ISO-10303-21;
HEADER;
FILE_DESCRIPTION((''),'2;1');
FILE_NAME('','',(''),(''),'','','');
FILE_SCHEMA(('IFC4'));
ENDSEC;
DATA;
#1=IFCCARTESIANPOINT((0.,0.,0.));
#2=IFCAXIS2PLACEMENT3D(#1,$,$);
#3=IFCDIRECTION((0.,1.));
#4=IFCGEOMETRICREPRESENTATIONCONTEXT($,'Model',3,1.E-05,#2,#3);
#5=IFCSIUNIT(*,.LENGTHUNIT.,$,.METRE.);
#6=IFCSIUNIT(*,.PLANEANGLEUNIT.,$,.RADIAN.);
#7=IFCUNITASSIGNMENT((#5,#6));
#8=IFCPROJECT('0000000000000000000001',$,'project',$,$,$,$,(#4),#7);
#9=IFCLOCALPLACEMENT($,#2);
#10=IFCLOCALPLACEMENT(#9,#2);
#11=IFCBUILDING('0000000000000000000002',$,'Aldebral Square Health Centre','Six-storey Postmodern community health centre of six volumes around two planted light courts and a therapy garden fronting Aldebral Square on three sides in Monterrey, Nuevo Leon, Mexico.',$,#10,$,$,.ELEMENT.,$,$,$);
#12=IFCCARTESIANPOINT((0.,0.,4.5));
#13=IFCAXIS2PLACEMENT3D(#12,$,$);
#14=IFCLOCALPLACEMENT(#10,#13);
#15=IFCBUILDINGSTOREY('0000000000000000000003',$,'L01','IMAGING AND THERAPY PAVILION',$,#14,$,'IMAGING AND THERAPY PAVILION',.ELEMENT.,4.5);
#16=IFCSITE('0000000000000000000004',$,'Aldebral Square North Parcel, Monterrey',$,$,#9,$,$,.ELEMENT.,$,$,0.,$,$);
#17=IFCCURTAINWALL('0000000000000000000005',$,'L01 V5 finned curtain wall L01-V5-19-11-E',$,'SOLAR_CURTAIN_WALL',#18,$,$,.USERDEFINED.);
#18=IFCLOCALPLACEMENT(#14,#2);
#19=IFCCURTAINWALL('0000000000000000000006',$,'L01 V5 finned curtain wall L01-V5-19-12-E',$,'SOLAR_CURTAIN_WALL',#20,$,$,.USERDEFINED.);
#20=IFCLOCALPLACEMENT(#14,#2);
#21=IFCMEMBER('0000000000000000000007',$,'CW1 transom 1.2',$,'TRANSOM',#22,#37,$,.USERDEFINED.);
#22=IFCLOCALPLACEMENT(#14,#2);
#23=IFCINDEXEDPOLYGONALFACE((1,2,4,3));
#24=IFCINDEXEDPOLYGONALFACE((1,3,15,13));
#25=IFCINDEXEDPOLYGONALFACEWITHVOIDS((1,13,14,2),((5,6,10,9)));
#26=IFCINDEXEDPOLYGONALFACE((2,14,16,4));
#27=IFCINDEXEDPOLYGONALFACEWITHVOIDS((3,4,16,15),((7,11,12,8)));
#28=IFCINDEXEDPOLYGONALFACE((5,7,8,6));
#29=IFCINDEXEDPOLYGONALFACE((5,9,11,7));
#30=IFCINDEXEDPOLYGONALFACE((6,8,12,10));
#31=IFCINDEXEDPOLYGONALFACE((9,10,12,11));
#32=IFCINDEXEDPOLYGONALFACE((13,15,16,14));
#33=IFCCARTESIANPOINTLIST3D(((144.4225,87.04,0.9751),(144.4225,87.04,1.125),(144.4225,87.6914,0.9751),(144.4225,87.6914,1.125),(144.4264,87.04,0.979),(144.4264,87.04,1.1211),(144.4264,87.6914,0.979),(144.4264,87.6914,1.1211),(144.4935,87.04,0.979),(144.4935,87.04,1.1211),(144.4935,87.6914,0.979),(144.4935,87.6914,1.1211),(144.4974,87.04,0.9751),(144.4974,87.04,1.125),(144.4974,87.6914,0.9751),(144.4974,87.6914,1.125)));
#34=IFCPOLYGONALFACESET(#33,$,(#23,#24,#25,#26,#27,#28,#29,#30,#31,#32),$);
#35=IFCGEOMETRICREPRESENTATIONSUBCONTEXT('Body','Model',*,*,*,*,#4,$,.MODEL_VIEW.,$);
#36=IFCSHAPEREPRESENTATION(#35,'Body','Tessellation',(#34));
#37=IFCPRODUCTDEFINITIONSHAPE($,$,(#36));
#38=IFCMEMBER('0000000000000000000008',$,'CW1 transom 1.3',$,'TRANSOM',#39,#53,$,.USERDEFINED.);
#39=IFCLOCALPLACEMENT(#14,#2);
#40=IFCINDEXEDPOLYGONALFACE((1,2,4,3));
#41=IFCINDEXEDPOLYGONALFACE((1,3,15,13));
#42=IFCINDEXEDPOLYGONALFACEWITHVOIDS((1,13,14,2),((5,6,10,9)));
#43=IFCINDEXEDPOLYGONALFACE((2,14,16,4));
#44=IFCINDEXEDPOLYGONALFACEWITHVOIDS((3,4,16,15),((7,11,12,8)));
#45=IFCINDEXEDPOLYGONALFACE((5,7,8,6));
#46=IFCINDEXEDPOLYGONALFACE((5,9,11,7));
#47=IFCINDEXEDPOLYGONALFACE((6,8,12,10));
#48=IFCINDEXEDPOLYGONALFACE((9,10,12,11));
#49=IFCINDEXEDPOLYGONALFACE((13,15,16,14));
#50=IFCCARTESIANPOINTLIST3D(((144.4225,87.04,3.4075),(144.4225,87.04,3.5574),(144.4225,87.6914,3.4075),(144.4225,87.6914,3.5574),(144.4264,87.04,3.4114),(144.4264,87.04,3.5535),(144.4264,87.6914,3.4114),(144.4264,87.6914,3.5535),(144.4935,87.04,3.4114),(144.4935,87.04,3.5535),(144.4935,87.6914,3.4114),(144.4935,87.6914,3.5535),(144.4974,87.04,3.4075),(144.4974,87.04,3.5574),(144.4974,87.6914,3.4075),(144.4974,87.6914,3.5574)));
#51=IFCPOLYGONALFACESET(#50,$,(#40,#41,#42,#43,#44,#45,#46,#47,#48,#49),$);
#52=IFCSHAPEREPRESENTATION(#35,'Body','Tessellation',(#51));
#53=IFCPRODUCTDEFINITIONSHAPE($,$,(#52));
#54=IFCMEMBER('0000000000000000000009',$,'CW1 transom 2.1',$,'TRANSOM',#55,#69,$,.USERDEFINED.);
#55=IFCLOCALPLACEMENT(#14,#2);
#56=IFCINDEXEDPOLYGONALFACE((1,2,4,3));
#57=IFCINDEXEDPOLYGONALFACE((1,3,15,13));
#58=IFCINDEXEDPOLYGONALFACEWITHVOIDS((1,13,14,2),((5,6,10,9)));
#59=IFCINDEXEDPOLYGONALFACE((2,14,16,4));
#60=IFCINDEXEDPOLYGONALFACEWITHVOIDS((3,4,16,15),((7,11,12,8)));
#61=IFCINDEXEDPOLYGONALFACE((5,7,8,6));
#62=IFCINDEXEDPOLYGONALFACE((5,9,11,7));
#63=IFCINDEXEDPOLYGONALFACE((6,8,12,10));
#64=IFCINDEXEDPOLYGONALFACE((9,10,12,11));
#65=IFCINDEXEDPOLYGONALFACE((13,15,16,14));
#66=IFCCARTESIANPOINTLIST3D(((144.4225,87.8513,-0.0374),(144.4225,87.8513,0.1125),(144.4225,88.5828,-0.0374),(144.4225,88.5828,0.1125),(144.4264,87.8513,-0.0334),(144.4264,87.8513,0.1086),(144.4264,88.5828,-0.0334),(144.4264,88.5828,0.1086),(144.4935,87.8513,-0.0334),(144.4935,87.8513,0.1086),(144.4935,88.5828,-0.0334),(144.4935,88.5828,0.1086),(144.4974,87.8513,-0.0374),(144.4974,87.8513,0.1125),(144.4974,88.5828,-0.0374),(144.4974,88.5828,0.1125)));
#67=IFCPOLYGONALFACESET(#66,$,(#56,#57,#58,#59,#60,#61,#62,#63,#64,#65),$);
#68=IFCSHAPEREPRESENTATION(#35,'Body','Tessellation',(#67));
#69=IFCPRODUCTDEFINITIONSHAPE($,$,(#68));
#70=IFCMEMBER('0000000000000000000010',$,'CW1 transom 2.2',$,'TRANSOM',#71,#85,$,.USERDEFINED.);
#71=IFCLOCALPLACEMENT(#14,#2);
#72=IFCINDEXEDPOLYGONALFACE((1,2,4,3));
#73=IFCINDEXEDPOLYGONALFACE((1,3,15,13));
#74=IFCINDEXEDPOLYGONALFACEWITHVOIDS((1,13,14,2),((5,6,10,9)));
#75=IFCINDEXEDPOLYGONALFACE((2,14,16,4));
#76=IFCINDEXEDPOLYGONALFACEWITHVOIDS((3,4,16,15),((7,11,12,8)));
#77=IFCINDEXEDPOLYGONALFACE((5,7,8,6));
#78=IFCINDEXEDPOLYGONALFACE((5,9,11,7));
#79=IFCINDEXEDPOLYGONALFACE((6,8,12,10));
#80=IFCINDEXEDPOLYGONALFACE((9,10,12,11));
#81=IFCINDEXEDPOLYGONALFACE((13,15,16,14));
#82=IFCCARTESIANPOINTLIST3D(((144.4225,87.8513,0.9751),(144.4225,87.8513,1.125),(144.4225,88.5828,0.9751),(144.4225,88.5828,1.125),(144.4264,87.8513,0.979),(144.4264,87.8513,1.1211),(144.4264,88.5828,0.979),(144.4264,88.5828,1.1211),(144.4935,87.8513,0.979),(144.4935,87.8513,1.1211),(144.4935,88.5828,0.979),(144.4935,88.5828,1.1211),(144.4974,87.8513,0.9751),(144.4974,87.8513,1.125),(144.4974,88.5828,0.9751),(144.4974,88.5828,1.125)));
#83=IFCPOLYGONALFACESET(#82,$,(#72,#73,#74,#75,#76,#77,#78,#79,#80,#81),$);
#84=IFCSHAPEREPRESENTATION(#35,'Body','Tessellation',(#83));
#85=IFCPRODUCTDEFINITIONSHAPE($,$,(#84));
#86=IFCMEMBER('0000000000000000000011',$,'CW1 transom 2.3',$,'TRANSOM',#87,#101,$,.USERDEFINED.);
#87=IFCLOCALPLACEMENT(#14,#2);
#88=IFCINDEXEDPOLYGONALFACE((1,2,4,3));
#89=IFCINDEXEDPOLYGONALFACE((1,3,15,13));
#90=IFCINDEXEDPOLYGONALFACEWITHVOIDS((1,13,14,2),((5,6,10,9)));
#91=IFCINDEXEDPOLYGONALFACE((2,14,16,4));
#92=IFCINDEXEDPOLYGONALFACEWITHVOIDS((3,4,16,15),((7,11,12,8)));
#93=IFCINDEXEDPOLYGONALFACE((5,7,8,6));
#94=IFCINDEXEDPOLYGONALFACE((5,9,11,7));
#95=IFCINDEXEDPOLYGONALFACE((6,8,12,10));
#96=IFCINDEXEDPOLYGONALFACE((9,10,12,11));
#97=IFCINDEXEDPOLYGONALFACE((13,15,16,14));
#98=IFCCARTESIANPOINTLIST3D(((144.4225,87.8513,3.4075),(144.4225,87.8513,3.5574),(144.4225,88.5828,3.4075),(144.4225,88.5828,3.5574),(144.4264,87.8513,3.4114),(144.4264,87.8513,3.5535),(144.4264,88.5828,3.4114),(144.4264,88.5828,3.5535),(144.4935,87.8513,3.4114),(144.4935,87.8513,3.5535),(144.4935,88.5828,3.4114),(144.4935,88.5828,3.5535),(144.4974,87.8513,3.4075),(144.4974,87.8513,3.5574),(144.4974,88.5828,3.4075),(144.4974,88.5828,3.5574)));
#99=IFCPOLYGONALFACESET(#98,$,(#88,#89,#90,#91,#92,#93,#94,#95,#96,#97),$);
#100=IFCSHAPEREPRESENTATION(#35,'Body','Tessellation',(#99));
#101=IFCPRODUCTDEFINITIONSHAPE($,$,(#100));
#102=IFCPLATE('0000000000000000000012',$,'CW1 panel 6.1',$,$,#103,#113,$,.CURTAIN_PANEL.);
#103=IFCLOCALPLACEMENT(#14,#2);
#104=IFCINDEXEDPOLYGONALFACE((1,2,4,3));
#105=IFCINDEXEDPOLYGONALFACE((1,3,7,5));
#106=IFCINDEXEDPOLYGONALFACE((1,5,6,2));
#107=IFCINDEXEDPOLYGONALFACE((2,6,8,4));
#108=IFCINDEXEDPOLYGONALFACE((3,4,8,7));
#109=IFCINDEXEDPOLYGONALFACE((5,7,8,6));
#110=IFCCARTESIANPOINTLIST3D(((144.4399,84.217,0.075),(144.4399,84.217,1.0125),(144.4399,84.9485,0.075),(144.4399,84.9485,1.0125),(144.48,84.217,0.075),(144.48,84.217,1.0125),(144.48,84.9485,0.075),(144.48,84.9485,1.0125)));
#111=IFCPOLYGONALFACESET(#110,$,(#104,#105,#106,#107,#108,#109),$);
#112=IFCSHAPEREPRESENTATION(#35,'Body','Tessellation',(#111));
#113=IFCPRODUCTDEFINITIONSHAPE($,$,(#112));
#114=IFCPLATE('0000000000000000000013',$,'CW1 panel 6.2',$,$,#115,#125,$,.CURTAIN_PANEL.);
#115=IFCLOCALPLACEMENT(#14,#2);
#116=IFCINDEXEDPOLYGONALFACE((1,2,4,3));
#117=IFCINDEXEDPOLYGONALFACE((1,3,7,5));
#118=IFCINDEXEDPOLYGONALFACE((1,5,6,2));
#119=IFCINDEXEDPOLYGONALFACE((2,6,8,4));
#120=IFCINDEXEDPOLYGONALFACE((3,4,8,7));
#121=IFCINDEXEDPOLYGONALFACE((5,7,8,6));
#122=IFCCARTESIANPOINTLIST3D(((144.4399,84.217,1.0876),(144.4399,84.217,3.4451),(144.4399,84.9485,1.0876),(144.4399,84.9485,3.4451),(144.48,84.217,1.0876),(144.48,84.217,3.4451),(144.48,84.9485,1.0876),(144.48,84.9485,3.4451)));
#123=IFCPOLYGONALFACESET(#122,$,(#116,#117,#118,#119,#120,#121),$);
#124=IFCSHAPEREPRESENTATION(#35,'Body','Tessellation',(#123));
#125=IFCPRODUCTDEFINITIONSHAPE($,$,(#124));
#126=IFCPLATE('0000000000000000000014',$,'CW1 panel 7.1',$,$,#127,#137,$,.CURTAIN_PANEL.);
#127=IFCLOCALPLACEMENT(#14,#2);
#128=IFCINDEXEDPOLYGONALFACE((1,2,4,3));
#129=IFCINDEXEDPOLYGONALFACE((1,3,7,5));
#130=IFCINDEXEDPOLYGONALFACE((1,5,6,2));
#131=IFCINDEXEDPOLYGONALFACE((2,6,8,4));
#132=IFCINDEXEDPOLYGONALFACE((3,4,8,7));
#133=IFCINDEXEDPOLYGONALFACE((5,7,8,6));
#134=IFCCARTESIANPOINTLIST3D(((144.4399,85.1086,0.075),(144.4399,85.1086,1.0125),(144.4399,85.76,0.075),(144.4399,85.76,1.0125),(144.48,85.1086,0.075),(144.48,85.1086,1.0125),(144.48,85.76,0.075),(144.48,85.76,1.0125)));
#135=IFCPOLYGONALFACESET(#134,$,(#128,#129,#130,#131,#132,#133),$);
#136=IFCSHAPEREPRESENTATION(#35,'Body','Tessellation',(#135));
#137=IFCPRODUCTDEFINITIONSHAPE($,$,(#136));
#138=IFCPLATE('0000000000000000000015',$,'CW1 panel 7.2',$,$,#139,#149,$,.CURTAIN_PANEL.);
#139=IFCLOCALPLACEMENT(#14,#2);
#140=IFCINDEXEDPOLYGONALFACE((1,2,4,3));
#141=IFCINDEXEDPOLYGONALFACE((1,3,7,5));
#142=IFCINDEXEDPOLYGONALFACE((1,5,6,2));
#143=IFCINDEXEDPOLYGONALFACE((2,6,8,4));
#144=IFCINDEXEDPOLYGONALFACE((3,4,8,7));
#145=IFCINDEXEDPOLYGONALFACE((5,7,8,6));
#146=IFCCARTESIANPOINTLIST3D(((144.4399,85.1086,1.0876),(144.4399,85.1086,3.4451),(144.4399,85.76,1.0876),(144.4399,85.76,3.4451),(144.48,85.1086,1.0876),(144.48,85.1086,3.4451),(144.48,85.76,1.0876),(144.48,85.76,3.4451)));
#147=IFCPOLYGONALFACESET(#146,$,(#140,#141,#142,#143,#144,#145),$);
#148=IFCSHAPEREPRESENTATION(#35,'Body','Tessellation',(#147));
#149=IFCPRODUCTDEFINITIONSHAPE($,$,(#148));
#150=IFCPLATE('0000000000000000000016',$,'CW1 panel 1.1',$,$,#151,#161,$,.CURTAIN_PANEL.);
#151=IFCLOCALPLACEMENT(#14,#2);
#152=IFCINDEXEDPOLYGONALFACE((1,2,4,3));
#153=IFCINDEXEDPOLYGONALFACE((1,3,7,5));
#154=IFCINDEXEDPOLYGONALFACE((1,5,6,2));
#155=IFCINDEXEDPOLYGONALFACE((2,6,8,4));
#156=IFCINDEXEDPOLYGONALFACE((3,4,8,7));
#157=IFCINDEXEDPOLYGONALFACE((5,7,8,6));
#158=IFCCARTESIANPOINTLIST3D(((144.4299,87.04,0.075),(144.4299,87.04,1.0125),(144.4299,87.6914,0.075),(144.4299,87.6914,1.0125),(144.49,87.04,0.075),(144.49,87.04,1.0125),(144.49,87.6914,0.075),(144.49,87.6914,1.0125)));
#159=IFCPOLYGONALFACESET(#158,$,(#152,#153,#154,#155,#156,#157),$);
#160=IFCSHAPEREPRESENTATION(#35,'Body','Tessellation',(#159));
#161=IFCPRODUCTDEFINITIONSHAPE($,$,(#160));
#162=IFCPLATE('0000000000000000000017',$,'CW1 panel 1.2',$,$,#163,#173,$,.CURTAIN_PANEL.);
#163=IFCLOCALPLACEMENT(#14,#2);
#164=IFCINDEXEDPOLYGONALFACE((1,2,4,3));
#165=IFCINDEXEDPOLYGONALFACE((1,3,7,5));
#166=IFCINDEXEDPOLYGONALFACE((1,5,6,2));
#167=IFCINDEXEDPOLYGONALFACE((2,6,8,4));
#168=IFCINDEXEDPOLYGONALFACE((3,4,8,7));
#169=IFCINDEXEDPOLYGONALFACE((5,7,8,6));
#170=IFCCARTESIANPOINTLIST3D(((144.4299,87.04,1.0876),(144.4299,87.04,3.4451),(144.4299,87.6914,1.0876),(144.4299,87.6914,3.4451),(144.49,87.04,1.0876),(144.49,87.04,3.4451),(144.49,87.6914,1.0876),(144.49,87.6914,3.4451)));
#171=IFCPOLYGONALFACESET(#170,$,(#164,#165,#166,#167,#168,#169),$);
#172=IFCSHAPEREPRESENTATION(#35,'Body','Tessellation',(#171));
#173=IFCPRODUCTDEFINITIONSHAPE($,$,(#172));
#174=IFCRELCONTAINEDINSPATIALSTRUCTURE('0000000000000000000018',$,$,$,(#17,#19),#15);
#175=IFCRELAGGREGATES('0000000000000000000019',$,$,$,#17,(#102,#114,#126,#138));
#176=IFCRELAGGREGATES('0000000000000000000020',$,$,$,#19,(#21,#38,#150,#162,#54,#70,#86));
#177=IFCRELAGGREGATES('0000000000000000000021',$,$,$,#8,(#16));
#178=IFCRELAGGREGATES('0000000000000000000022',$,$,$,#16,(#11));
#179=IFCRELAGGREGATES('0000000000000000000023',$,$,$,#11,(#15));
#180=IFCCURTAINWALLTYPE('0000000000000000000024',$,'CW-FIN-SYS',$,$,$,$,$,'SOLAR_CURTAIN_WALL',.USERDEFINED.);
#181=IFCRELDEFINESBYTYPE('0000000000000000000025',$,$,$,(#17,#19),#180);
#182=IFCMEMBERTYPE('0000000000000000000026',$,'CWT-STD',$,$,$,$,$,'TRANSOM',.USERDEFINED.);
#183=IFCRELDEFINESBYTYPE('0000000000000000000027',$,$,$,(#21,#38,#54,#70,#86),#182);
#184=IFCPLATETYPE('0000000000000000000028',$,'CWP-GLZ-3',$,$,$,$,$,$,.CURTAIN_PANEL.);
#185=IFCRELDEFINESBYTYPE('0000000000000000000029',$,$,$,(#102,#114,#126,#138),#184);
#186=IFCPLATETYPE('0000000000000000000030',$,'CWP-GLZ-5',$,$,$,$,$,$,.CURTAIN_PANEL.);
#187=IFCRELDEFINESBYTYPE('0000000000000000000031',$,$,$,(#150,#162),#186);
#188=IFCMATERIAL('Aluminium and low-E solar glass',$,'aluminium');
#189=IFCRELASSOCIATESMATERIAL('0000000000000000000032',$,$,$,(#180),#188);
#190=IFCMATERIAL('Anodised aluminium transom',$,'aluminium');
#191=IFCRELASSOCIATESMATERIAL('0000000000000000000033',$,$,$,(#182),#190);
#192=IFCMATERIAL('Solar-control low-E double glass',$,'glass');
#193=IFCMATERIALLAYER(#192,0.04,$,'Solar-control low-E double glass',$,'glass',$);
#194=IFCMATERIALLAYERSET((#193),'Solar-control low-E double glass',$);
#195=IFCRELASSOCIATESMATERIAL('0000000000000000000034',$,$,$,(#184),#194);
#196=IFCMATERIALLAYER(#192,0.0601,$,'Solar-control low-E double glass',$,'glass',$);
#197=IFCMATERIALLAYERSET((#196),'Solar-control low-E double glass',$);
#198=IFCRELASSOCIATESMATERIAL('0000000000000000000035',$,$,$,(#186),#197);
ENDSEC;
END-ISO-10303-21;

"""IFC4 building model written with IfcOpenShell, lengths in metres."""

from ifc_helpers import new_model, si_unit, direction, frame, origin, origin_2d, place, context, subcontext, project, spatial, rectangle, hollow_rectangle, extrude, material, layer, layer_set, material_profile, profile_set, type_object, element, aggregate, save


model = new_model("IFC4")

# Units and contexts
model_context = context("Model", 3, precision=1e-05, world=origin(), true_north=direction((0.0, 1.0)))
body_context = subcontext(model_context, "Body", "Model", "MODEL_VIEW")
ifc_project = project(units=[si_unit("LENGTHUNIT", "METRE"), si_unit("PLANEANGLEUNIT", "RADIAN")], contexts=[model_context])

# Site, building, storey
site_placement = place(None, origin())
site = spatial("IfcSite", under=ifc_project, at=site_placement, Name="Aldebral Square North Parcel, Monterrey", CompositionType="ELEMENT", RefElevation=0.0)
building_placement = place(site_placement, origin())
building = spatial("IfcBuilding", under=site, at=building_placement, Name="Aldebral Square Health Centre", Description="Six-storey Postmodern community health centre of six volumes around two planted light courts and a therapy garden fronting Aldebral Square on three sides in Monterrey, Nuevo Leon, Mexico.", CompositionType="ELEMENT")
storey_placement = place(building_placement, frame((0.0, 0.0, 4.5)))
storey = spatial("IfcBuildingStorey", under=building, at=storey_placement, Name="L01", Description="IMAGING AND THERAPY PAVILION", LongName="IMAGING AND THERAPY PAVILION", CompositionType="ELEMENT", Elevation=4.5)

# Curtain walls
ifc_material_1 = material(Name="Aluminium and low-E solar glass", Category="aluminium")
curtain_wall_type = type_object("IfcCurtainWallType", Name="CW-FIN-SYS", ElementType="SOLAR_CURTAIN_WALL", PredefinedType="USERDEFINED", material=ifc_material_1)
curtain_wall_1_placement = place(storey_placement, origin())
curtain_wall_1 = element("IfcCurtainWall", 1, at=curtain_wall_1_placement, inside=storey, type_object=curtain_wall_type, Name="L01 V5 finned curtain wall L01-V5-19-11-E", ObjectType="SOLAR_CURTAIN_WALL", PredefinedType="USERDEFINED")
curtain_wall_2_placement = place(storey_placement, origin())
curtain_wall_2 = element("IfcCurtainWall", 2, at=curtain_wall_2_placement, inside=storey, type_object=curtain_wall_type, Name="L01 V5 finned curtain wall L01-V5-19-12-E", ObjectType="SOLAR_CURTAIN_WALL", PredefinedType="USERDEFINED")

# Members
ifc_material_2 = material(Name="Anodised aluminium transom", Category="aluminium")
ifc_material_profile_1 = material_profile(ifc_material_2, hollow_rectangle(XDim=0.075, YDim=0.1499, WallThickness=0.0039, at=origin_2d()), Name="CWT 75x150x4")
ifc_profile_set_1 = profile_set([ifc_material_profile_1], Name="Anodised aluminium transom")
member_type_1 = type_object("IfcMemberType", Name="CWT-STD", ElementType="TRANSOM", PredefinedType="USERDEFINED", material=ifc_profile_set_1)
member_1_placement = place(storey_placement, frame((144.46, 87.04, 1.05), z_axis=(0.0, 1.0, 0.0), x_axis=(-1.0, 0.0, 0.0)))
member_1 = element("IfcMember", 3, at=member_1_placement, type_object=member_type_1, Name="CW1 transom 1.2", ObjectType="TRANSOM", PredefinedType="USERDEFINED", context=body_context, shape_type="SweptSolid", body=[
    extrude(hollow_rectangle(XDim=0.075, YDim=0.1499, WallThickness=0.0039, at=origin_2d()), origin(), (0.0, 0.0, 1.0), 0.6514),
])
member_2_placement = place(storey_placement, frame((144.46, 87.04, 3.4824), z_axis=(0.0, 1.0, 0.0), x_axis=(-1.0, 0.0, 0.0)))
member_2 = element("IfcMember", 4, at=member_2_placement, type_object=member_type_1, Name="CW1 transom 1.3", ObjectType="TRANSOM", PredefinedType="USERDEFINED", context=body_context, shape_type="SweptSolid", body=[
    extrude(hollow_rectangle(XDim=0.075, YDim=0.1499, WallThickness=0.0039, at=origin_2d()), origin(), (0.0, 0.0, 1.0), 0.6514),
])
member_3_placement = place(storey_placement, frame((144.46, 87.8513, 0.0376), z_axis=(0.0, 1.0, 0.0), x_axis=(-1.0, 0.0, 0.0)))
member_3 = element("IfcMember", 5, at=member_3_placement, type_object=member_type_1, Name="CW1 transom 2.1", ObjectType="TRANSOM", PredefinedType="USERDEFINED", context=body_context, shape_type="SweptSolid", body=[
    extrude(hollow_rectangle(XDim=0.075, YDim=0.1499, WallThickness=0.0039, at=origin_2d()), origin(), (0.0, 0.0, 1.0), 0.7314),
])
member_4_placement = place(storey_placement, frame((144.46, 87.8513, 1.05), z_axis=(0.0, 1.0, 0.0), x_axis=(-1.0, 0.0, 0.0)))
member_4 = element("IfcMember", 6, at=member_4_placement, type_object=member_type_1, Name="CW1 transom 2.2", ObjectType="TRANSOM", PredefinedType="USERDEFINED", context=body_context, shape_type="SweptSolid", body=[
    extrude(hollow_rectangle(XDim=0.075, YDim=0.1499, WallThickness=0.0039, at=origin_2d()), origin(), (0.0, 0.0, 1.0), 0.7314),
])
member_5_placement = place(storey_placement, frame((144.46, 87.8513, 3.4824), z_axis=(0.0, 1.0, 0.0), x_axis=(-1.0, 0.0, 0.0)))
member_5 = element("IfcMember", 7, at=member_5_placement, type_object=member_type_1, Name="CW1 transom 2.3", ObjectType="TRANSOM", PredefinedType="USERDEFINED", context=body_context, shape_type="SweptSolid", body=[
    extrude(hollow_rectangle(XDim=0.075, YDim=0.1499, WallThickness=0.0039, at=origin_2d()), origin(), (0.0, 0.0, 1.0), 0.7314),
])

# Plates
ifc_material_3 = material(Name="Solar-control low-E double glass", Category="glass")
ifc_layer_1 = layer(ifc_material_3, 0.04, Name="Solar-control low-E double glass", Category="glass")
ifc_layer_set_1 = layer_set([ifc_layer_1], Name="Solar-control low-E double glass")
plate_type_1 = type_object("IfcPlateType", Name="CWP-GLZ-3", PredefinedType="CURTAIN_PANEL", material=ifc_layer_set_1)
plate_1_placement = place(storey_placement, frame((144.46, 84.5828, 0.075), z_axis=(0.0, 0.0, 1.0), x_axis=(0.0, 1.0, 0.0)))
plate_1 = element("IfcPlate", 8, at=plate_1_placement, type_object=plate_type_1, Name="CW1 panel 6.1", PredefinedType="CURTAIN_PANEL", context=body_context, shape_type="SweptSolid", body=[
    extrude(rectangle(XDim=0.7314, YDim=0.04, at=origin_2d()), origin(), (0.0, 0.0, 1.0), 0.9375),
])
plate_2_placement = place(storey_placement, frame((144.46, 84.5828, 1.0876), z_axis=(0.0, 0.0, 1.0), x_axis=(0.0, 1.0, 0.0)))
plate_2 = element("IfcPlate", 9, at=plate_2_placement, type_object=plate_type_1, Name="CW1 panel 6.2", PredefinedType="CURTAIN_PANEL", context=body_context, shape_type="SweptSolid", body=[
    extrude(rectangle(XDim=0.7314, YDim=0.04, at=origin_2d()), origin(), (0.0, 0.0, 1.0), 2.3574),
])
plate_3_placement = place(storey_placement, frame((144.46, 85.4343, 0.075), z_axis=(0.0, 0.0, 1.0), x_axis=(0.0, 1.0, 0.0)))
plate_3 = element("IfcPlate", 10, at=plate_3_placement, type_object=plate_type_1, Name="CW1 panel 7.1", PredefinedType="CURTAIN_PANEL", context=body_context, shape_type="SweptSolid", body=[
    extrude(rectangle(XDim=0.6514, YDim=0.04, at=origin_2d()), origin(), (0.0, 0.0, 1.0), 0.9375),
])
plate_4_placement = place(storey_placement, frame((144.46, 85.4343, 1.0876), z_axis=(0.0, 0.0, 1.0), x_axis=(0.0, 1.0, 0.0)))
plate_4 = element("IfcPlate", 11, at=plate_4_placement, type_object=plate_type_1, Name="CW1 panel 7.2", PredefinedType="CURTAIN_PANEL", context=body_context, shape_type="SweptSolid", body=[
    extrude(rectangle(XDim=0.6514, YDim=0.04, at=origin_2d()), origin(), (0.0, 0.0, 1.0), 2.3574),
])
aggregate(curtain_wall_1, [plate_1, plate_2, plate_3, plate_4])
ifc_layer_2 = layer(ifc_material_3, 0.0601, Name="Solar-control low-E double glass", Category="glass")
ifc_layer_set_2 = layer_set([ifc_layer_2], Name="Solar-control low-E double glass")
plate_type_2 = type_object("IfcPlateType", Name="CWP-GLZ-5", PredefinedType="CURTAIN_PANEL", material=ifc_layer_set_2)
plate_5_placement = place(storey_placement, frame((144.46, 87.3657, 0.075), z_axis=(0.0, 0.0, 1.0), x_axis=(0.0, 1.0, 0.0)))
plate_5 = element("IfcPlate", 12, at=plate_5_placement, type_object=plate_type_2, Name="CW1 panel 1.1", PredefinedType="CURTAIN_PANEL", context=body_context, shape_type="SweptSolid", body=[
    extrude(rectangle(XDim=0.6514, YDim=0.0601, at=origin_2d()), origin(), (0.0, 0.0, 1.0), 0.9375),
])
plate_6_placement = place(storey_placement, frame((144.46, 87.3657, 1.0876), z_axis=(0.0, 0.0, 1.0), x_axis=(0.0, 1.0, 0.0)))
plate_6 = element("IfcPlate", 13, at=plate_6_placement, type_object=plate_type_2, Name="CW1 panel 1.2", PredefinedType="CURTAIN_PANEL", context=body_context, shape_type="SweptSolid", body=[
    extrude(rectangle(XDim=0.6514, YDim=0.0601, at=origin_2d()), origin(), (0.0, 0.0, 1.0), 2.3574),
])
aggregate(curtain_wall_2, [member_1, member_2, plate_5, plate_6, member_3, member_4, member_5])

save(model, "model.ifc")
